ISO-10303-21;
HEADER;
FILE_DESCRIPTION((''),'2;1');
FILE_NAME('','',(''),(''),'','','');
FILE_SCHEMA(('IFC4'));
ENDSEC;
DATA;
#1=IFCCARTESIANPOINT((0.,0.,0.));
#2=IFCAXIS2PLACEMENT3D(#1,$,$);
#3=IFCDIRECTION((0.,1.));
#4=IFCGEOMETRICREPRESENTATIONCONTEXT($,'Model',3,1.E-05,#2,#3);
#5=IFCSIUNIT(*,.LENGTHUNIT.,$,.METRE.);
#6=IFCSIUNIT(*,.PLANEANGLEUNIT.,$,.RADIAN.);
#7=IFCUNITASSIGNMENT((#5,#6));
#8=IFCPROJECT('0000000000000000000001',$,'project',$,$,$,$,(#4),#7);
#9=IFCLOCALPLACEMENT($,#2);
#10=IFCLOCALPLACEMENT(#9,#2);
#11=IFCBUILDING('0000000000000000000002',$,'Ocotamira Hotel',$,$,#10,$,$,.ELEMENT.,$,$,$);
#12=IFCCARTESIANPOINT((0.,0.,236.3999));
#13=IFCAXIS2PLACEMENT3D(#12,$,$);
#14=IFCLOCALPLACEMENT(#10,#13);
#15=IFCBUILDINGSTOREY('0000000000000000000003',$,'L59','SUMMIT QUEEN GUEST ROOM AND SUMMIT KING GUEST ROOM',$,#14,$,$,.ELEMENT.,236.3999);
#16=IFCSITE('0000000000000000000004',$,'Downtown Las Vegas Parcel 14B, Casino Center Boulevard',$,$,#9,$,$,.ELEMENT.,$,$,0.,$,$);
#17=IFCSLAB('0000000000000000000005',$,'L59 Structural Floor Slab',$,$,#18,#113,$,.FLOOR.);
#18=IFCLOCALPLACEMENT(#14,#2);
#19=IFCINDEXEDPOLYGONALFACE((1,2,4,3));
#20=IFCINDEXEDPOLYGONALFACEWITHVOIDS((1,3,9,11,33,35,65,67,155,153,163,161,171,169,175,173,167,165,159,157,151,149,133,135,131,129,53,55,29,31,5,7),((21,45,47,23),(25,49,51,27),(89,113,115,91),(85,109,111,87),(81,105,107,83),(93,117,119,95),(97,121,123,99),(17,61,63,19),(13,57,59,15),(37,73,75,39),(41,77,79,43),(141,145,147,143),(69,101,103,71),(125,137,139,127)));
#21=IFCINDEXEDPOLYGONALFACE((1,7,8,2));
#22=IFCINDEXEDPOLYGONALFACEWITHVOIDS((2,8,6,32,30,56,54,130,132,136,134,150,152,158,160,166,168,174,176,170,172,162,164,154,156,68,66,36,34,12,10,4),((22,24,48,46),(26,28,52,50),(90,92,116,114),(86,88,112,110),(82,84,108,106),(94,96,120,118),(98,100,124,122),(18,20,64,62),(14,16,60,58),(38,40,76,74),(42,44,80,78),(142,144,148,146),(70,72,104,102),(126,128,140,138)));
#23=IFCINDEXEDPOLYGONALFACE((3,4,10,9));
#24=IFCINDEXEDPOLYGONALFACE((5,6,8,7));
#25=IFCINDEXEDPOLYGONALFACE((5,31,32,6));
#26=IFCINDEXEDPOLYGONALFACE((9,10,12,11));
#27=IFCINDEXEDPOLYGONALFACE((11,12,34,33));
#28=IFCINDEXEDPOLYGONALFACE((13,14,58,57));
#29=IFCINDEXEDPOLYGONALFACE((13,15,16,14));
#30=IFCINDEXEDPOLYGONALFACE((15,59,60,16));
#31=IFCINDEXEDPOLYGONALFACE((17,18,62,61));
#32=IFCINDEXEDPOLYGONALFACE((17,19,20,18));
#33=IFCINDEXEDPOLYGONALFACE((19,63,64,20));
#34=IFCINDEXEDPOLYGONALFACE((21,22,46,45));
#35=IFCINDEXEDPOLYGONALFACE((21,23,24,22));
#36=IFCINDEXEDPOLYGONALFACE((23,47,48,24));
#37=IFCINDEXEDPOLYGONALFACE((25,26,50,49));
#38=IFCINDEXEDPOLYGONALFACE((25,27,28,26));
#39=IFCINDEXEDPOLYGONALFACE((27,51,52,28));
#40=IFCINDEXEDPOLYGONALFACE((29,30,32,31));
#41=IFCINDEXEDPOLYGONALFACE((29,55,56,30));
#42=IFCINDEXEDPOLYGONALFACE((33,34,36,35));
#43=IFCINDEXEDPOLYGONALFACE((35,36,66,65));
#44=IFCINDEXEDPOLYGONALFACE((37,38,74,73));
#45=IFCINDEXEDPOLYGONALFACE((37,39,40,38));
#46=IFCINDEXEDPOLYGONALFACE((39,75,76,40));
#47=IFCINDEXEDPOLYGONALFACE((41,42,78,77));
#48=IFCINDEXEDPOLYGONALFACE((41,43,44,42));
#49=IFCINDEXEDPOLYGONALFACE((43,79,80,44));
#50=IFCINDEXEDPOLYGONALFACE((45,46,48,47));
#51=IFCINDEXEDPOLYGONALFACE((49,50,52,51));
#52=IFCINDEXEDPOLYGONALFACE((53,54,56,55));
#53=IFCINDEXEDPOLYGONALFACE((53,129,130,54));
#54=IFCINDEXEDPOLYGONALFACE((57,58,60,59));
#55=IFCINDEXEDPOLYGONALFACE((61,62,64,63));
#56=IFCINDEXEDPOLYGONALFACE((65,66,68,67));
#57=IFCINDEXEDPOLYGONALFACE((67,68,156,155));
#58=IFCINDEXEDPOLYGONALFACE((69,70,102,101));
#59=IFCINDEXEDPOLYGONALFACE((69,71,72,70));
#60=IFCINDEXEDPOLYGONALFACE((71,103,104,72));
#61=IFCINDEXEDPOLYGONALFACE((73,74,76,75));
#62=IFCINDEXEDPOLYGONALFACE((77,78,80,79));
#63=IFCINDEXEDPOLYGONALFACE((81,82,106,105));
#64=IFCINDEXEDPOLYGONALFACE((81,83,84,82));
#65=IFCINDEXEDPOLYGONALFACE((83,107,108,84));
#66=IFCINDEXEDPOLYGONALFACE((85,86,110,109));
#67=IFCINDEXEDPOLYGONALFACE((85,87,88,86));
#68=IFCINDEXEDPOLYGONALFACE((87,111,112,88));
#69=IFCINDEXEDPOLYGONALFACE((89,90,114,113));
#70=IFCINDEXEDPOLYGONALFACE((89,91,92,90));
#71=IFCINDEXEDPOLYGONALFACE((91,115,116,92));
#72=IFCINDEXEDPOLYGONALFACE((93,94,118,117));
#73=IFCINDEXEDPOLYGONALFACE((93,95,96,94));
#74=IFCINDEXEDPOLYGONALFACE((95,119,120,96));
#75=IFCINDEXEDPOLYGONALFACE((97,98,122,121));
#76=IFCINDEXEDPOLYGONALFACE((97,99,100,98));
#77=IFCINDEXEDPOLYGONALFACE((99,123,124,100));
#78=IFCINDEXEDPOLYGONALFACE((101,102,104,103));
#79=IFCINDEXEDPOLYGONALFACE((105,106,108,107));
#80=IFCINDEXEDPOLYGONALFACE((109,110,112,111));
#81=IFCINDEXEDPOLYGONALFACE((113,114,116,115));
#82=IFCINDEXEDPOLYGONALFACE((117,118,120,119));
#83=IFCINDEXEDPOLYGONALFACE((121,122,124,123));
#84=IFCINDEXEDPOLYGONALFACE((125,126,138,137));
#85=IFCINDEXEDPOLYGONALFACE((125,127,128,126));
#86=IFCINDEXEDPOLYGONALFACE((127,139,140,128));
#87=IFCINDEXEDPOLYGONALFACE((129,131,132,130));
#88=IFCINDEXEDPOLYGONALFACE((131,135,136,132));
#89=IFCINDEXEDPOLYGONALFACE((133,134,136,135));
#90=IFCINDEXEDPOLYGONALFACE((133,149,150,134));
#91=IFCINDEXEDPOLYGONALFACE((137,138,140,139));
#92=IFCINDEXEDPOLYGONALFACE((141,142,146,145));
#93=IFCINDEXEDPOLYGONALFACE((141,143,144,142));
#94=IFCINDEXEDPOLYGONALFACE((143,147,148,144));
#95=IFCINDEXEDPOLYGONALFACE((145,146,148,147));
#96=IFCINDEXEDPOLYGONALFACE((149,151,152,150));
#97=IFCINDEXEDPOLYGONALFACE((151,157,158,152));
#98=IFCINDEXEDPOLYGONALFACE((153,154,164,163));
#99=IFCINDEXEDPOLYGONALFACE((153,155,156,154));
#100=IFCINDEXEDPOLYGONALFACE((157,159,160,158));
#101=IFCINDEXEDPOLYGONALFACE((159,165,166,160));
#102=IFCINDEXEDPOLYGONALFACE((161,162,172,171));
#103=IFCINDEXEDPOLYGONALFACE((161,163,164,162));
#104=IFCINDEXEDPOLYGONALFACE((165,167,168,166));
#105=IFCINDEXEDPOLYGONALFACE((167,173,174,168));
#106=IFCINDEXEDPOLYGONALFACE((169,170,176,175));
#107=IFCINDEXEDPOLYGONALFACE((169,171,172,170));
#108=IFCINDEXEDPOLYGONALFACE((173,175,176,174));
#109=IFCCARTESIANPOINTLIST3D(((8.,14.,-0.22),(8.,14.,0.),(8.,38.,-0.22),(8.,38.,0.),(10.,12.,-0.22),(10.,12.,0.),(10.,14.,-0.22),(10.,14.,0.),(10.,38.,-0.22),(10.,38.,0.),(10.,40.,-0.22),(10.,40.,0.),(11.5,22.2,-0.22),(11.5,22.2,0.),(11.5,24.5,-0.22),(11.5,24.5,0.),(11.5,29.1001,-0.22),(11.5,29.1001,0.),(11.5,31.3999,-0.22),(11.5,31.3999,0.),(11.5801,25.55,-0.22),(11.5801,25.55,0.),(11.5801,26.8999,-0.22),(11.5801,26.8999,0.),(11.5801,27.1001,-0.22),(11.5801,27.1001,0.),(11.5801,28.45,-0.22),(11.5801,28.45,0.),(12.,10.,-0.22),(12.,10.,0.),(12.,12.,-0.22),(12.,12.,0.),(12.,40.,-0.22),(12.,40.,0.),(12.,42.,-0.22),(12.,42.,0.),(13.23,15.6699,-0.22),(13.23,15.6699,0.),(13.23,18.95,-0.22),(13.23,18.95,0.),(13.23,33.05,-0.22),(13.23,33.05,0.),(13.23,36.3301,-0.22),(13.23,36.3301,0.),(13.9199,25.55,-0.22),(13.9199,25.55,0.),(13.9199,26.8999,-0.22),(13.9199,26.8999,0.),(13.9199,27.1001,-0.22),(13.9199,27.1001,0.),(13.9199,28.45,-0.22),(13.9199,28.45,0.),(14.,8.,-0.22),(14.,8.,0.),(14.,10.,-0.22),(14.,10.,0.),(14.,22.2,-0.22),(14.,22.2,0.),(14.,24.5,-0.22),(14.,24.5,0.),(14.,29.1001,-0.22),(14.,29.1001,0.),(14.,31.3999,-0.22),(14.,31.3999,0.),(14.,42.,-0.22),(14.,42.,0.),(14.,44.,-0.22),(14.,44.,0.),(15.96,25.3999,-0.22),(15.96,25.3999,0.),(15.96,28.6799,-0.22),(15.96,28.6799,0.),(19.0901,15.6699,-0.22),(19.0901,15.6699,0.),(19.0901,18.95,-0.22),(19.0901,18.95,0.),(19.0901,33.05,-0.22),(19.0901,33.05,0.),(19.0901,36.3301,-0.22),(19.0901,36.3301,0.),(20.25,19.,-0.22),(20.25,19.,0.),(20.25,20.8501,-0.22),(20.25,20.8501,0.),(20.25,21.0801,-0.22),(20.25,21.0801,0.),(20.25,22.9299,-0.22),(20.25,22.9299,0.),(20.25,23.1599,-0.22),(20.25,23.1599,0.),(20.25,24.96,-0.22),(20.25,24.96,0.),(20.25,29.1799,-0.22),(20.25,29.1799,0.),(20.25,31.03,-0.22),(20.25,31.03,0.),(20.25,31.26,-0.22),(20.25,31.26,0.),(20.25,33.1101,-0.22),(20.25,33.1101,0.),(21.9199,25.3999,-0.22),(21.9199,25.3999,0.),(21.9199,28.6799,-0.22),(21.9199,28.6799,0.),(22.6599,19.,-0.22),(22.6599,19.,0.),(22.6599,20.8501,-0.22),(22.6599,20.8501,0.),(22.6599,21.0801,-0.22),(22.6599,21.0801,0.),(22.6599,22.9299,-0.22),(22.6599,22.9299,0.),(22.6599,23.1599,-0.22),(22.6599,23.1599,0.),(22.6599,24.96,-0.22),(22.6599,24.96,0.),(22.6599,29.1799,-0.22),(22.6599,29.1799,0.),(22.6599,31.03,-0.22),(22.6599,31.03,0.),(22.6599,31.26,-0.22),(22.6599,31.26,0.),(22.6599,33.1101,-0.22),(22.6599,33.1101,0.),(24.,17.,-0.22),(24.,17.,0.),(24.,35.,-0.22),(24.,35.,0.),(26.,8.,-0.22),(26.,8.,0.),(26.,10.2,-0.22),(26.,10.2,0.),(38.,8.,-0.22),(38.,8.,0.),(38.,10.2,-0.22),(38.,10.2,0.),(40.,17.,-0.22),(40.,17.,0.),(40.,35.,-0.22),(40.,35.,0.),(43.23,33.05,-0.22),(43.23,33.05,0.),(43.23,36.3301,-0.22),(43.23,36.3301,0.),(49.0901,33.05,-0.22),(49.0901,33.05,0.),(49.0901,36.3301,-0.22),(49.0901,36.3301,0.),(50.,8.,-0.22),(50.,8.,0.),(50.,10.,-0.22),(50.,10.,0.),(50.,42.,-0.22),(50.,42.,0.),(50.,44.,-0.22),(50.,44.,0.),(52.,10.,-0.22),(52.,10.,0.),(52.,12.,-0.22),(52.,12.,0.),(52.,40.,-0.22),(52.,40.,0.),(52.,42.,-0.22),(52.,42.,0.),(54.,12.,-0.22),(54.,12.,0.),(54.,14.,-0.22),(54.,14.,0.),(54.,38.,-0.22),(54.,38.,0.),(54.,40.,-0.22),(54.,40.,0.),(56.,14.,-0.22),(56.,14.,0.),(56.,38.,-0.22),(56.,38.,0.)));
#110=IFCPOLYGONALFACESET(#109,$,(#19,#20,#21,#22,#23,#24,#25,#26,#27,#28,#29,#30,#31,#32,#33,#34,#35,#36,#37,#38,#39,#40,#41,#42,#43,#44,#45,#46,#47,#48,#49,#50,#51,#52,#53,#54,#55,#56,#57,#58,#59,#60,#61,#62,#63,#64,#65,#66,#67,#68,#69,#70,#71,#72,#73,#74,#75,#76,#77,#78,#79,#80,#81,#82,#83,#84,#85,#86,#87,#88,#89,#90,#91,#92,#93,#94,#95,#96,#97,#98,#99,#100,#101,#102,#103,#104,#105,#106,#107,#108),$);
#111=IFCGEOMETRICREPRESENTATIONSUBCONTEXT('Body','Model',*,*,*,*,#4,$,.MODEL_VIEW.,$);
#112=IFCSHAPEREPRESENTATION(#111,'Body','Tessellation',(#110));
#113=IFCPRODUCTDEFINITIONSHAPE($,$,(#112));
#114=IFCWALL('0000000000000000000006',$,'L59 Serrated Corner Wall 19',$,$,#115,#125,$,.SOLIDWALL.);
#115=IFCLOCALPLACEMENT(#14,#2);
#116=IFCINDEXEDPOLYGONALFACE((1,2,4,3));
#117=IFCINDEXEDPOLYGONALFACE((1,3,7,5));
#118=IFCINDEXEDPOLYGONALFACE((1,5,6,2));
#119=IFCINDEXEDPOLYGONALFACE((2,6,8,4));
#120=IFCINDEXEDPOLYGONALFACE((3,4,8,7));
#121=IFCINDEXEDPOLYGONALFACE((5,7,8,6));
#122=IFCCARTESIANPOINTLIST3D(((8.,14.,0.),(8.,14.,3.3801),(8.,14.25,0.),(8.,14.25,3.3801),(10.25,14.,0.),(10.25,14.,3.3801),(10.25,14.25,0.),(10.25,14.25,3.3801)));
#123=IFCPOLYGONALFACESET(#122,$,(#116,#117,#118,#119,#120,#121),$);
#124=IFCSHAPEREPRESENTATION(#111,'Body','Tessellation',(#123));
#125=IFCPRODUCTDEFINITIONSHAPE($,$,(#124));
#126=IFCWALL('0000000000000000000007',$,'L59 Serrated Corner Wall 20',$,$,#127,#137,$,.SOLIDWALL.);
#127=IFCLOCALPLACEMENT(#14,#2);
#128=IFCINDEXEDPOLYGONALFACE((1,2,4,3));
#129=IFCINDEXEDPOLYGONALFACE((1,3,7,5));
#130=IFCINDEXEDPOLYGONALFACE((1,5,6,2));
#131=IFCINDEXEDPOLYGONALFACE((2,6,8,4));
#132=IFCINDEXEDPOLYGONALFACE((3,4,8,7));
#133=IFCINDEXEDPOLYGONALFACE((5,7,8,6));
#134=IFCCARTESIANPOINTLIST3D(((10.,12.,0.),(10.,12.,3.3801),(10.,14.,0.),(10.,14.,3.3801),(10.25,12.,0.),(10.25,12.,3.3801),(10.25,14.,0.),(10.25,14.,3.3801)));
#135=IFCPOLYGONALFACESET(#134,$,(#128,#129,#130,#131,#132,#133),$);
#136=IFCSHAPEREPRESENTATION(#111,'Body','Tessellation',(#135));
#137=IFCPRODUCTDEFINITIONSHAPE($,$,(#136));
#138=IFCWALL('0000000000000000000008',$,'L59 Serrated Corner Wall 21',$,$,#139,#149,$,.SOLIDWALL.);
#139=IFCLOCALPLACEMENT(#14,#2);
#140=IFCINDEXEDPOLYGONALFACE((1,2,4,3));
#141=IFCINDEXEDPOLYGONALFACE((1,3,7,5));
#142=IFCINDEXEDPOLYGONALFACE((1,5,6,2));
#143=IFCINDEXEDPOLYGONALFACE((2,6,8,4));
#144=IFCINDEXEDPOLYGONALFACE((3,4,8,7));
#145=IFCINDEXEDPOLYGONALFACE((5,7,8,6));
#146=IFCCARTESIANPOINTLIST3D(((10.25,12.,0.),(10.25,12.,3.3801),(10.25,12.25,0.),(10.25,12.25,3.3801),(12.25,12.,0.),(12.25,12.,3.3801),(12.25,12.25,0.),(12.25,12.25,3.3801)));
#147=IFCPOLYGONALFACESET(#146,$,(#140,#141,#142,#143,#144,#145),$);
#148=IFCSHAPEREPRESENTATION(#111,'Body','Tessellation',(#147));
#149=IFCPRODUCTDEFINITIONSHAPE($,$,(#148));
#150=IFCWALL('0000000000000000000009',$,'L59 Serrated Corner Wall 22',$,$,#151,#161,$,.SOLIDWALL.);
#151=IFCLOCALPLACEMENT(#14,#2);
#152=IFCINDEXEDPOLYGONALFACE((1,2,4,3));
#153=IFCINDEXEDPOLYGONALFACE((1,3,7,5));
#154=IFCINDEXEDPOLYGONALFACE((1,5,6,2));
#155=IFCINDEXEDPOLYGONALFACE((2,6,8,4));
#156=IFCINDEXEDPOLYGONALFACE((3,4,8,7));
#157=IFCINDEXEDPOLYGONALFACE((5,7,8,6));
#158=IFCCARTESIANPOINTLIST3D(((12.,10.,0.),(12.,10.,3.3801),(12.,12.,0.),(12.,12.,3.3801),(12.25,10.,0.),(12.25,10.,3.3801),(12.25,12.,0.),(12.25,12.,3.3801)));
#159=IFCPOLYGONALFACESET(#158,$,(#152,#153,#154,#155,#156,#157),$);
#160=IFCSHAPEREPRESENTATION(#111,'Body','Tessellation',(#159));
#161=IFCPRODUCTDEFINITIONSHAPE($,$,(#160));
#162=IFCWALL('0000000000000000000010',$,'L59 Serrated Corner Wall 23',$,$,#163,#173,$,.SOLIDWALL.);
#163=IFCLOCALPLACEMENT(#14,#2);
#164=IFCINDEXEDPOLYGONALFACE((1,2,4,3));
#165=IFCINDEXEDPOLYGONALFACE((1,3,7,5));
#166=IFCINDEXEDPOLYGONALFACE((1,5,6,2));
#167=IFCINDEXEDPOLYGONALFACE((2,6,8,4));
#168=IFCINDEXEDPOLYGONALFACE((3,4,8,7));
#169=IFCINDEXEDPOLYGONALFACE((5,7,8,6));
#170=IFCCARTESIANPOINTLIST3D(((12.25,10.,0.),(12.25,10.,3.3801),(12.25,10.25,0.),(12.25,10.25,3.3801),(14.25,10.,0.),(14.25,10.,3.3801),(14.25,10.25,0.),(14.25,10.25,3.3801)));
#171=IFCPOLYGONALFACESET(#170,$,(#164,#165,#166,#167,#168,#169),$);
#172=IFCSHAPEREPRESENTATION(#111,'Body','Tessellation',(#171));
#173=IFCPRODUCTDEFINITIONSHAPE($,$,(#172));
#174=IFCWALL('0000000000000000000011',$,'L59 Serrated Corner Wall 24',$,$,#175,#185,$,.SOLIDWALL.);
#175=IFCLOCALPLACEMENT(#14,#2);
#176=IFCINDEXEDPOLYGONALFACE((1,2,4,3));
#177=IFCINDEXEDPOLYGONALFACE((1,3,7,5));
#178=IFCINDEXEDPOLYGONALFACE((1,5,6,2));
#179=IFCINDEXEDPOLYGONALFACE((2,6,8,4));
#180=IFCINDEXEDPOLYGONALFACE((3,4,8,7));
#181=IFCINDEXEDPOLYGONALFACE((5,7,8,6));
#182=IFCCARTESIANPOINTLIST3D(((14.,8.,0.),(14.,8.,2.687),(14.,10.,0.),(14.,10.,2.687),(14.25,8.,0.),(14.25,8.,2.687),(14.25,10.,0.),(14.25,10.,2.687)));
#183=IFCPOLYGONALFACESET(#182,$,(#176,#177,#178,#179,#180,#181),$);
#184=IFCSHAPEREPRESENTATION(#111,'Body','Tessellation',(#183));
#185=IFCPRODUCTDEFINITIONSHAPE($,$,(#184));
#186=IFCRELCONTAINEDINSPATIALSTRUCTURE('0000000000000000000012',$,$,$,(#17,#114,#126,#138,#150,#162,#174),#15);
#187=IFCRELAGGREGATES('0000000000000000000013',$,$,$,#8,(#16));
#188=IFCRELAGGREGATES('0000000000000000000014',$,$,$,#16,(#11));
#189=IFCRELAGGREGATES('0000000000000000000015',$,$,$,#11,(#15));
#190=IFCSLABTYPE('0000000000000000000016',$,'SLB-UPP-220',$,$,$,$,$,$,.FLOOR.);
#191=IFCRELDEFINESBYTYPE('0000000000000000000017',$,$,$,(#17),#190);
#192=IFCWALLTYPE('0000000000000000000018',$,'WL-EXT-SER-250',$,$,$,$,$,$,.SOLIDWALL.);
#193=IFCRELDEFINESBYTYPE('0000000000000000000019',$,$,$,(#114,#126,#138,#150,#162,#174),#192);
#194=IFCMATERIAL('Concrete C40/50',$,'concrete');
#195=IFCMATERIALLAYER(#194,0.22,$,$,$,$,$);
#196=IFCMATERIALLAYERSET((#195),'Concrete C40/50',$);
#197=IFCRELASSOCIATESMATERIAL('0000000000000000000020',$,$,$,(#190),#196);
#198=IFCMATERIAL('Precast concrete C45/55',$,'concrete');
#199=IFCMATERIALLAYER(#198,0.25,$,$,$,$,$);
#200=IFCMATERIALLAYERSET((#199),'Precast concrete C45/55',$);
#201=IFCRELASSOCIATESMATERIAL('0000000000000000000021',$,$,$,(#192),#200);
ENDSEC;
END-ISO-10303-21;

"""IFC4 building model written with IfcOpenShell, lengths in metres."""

from ifc_helpers import new_model, si_unit, direction, frame, frame_2d, origin, place, context, subcontext, project, spatial, polyline, rectangle, outline, extrude, material, layer, layer_set, type_object, element, save


model = new_model("IFC4")

# Units and contexts
model_context = context("Model", 3, precision=1e-05, world=origin(), true_north=direction((0.0, 1.0)))
body_context = subcontext(model_context, "Body", "Model", "MODEL_VIEW")
ifc_project = project(units=[si_unit("LENGTHUNIT", "METRE"), si_unit("PLANEANGLEUNIT", "RADIAN")], contexts=[model_context])

# Site, building, storey
site_placement = place(None, origin())
site = spatial("IfcSite", under=ifc_project, at=site_placement, Name="Downtown Las Vegas Parcel 14B, Casino Center Boulevard", CompositionType="ELEMENT", RefElevation=0.0)
building_placement = place(site_placement, origin())
building = spatial("IfcBuilding", under=site, at=building_placement, Name="Ocotamira Hotel", CompositionType="ELEMENT")
storey_placement = place(building_placement, frame((0.0, 0.0, 236.3999)))
storey = spatial("IfcBuildingStorey", under=building, at=storey_placement, Name="L59", Description="SUMMIT QUEEN GUEST ROOM AND SUMMIT KING GUEST ROOM", CompositionType="ELEMENT", Elevation=236.3999)

# Shared definitions
ifc_material_1 = material(Name="Concrete C40/50", Category="concrete")

# Slab
ifc_layer_1 = layer(ifc_material_1, 0.22)
ifc_layer_set_1 = layer_set([ifc_layer_1], Name="Concrete C40/50")
slab_type_1 = type_object("IfcSlabType", Name="SLB-UPP-220", PredefinedType="FLOOR", material=ifc_layer_set_1)
slab_1_placement = place(storey_placement, frame((0.0, 0.0, -0.22)))
element("IfcSlab", 1, at=slab_1_placement, inside=storey, type_object=slab_type_1, Name="L59 Structural Floor Slab", PredefinedType="FLOOR", context=body_context, shape_type="SweptSolid", body=[
    extrude(outline(polyline([(14.0, 8.0), (14.0, 10.0), (12.0, 10.0), (12.0, 12.0), (10.0, 12.0), (10.0, 14.0), (8.0, 14.0), (8.0, 38.0), (10.0, 38.0), (10.0, 40.0), (12.0, 40.0), (12.0, 42.0), (14.0, 42.0), (14.0, 44.0), (50.0, 44.0), (50.0, 42.0), (52.0, 42.0), (52.0, 40.0), (54.0, 40.0), (54.0, 38.0), (56.0, 38.0), (56.0, 14.0), (54.0, 14.0), (54.0, 12.0), (52.0, 12.0), (52.0, 10.0), (50.0, 10.0), (50.0, 8.0), (38.0, 8.0), (38.0, 10.2), (26.0, 10.2), (26.0, 8.0), (14.0, 8.0)]), holes=[polyline([(24.0, 17.0), (40.0, 17.0), (40.0, 35.0), (24.0, 35.0), (24.0, 17.0)]), polyline([(13.23, 15.6699), (19.0901, 15.6699), (19.0901, 18.95), (13.23, 18.95), (13.23, 15.6699)]), polyline([(13.23, 33.05), (19.0901, 33.05), (19.0901, 36.3301), (13.23, 36.3301), (13.23, 33.05)]), polyline([(15.96, 25.3999), (21.9199, 25.3999), (21.9199, 28.6799), (15.96, 28.6799), (15.96, 25.3999)]), polyline([(43.23, 33.05), (49.0901, 33.05), (49.0901, 36.3301), (43.23, 36.3301), (43.23, 33.05)]), polyline([(20.25, 19.0), (22.6599, 19.0), (22.6599, 20.8501), (20.25, 20.8501), (20.25, 19.0)]), polyline([(20.25, 21.0801), (22.6599, 21.0801), (22.6599, 22.9299), (20.25, 22.9299), (20.25, 21.0801)]), polyline([(20.25, 23.1599), (22.6599, 23.1599), (22.6599, 24.96), (20.25, 24.96), (20.25, 23.1599)]), polyline([(20.25, 29.1799), (22.6599, 29.1799), (22.6599, 31.03), (20.25, 31.03), (20.25, 29.1799)]), polyline([(20.25, 31.26), (22.6599, 31.26), (22.6599, 33.1101), (20.25, 33.1101), (20.25, 31.26)]), polyline([(11.5, 22.2), (14.0, 22.2), (14.0, 24.5), (11.5, 24.5), (11.5, 22.2)]), polyline([(11.5, 29.1001), (14.0, 29.1001), (14.0, 31.3999), (11.5, 31.3999), (11.5, 29.1001)]), polyline([(11.5801, 25.55), (13.9199, 25.55), (13.9199, 26.8999), (11.5801, 26.8999), (11.5801, 25.55)]), polyline([(11.5801, 27.1001), (13.9199, 27.1001), (13.9199, 28.45), (11.5801, 28.45), (11.5801, 27.1001)])]), origin(), (0.0, 0.0, 1.0), 0.22),
])

# Walls
ifc_material_2 = material(Name="Precast concrete C45/55", Category="concrete")
ifc_layer_2 = layer(ifc_material_2, 0.25)
ifc_layer_set_2 = layer_set([ifc_layer_2], Name="Precast concrete C45/55")
wall_type_1 = type_object("IfcWallType", Name="WL-EXT-SER-250", PredefinedType="SOLIDWALL", material=ifc_layer_set_2)
wall_1_placement = place(storey_placement, frame((8.0, 14.125, 0.0), z_axis=(0.0, 0.0, 1.0), x_axis=(1.0, 0.0, 0.0)))
element("IfcWall", 2, at=wall_1_placement, inside=storey, type_object=wall_type_1, Name="L59 Serrated Corner Wall 19", PredefinedType="SOLIDWALL", context=body_context, shape_type="SweptSolid", body=[
    extrude(rectangle(XDim=2.25, YDim=0.25, at=frame_2d((1.125, 0.0))), origin(), (0.0, 0.0, 1.0), 3.3801),
])
for number, where, z_axis, x_axis, name in (
    (3, (10.125, 14.0, 0.0), (0.0, 0.0, 1.0), (0.0, -1.0, 0.0), "L59 Serrated Corner Wall 20"),
    (4, (10.25, 12.125, 0.0), (0.0, 0.0, 1.0), (1.0, 0.0, 0.0), "L59 Serrated Corner Wall 21"),
    (5, (12.125, 12.0, 0.0), (0.0, 0.0, 1.0), (0.0, -1.0, 0.0), "L59 Serrated Corner Wall 22"),
    (6, (12.25, 10.125, 0.0), (0.0, 0.0, 1.0), (1.0, 0.0, 0.0), "L59 Serrated Corner Wall 23"),
):
    element("IfcWall", number, at=place(storey_placement, frame(where, z_axis=z_axis, x_axis=x_axis)), inside=storey, type_object=wall_type_1, Name=name, PredefinedType="SOLIDWALL", context=body_context, shape_type="SweptSolid", body=[
        extrude(rectangle(XDim=2.0, YDim=0.25, at=frame_2d((1.0, 0.0))), origin(), (0.0, 0.0, 1.0), 3.3801),
    ])
wall_2_placement = place(storey_placement, frame((14.125, 10.0, 0.0), z_axis=(0.0, 0.0, 1.0), x_axis=(0.0, -1.0, 0.0)))
element("IfcWall", 7, at=wall_2_placement, inside=storey, type_object=wall_type_1, Name="L59 Serrated Corner Wall 24", PredefinedType="SOLIDWALL", context=body_context, shape_type="SweptSolid", body=[
    extrude(rectangle(XDim=2.0, YDim=0.25, at=frame_2d((1.0, 0.0))), origin(), (0.0, 0.0, 1.0), 2.687),
])

save(model, "model.ifc")
